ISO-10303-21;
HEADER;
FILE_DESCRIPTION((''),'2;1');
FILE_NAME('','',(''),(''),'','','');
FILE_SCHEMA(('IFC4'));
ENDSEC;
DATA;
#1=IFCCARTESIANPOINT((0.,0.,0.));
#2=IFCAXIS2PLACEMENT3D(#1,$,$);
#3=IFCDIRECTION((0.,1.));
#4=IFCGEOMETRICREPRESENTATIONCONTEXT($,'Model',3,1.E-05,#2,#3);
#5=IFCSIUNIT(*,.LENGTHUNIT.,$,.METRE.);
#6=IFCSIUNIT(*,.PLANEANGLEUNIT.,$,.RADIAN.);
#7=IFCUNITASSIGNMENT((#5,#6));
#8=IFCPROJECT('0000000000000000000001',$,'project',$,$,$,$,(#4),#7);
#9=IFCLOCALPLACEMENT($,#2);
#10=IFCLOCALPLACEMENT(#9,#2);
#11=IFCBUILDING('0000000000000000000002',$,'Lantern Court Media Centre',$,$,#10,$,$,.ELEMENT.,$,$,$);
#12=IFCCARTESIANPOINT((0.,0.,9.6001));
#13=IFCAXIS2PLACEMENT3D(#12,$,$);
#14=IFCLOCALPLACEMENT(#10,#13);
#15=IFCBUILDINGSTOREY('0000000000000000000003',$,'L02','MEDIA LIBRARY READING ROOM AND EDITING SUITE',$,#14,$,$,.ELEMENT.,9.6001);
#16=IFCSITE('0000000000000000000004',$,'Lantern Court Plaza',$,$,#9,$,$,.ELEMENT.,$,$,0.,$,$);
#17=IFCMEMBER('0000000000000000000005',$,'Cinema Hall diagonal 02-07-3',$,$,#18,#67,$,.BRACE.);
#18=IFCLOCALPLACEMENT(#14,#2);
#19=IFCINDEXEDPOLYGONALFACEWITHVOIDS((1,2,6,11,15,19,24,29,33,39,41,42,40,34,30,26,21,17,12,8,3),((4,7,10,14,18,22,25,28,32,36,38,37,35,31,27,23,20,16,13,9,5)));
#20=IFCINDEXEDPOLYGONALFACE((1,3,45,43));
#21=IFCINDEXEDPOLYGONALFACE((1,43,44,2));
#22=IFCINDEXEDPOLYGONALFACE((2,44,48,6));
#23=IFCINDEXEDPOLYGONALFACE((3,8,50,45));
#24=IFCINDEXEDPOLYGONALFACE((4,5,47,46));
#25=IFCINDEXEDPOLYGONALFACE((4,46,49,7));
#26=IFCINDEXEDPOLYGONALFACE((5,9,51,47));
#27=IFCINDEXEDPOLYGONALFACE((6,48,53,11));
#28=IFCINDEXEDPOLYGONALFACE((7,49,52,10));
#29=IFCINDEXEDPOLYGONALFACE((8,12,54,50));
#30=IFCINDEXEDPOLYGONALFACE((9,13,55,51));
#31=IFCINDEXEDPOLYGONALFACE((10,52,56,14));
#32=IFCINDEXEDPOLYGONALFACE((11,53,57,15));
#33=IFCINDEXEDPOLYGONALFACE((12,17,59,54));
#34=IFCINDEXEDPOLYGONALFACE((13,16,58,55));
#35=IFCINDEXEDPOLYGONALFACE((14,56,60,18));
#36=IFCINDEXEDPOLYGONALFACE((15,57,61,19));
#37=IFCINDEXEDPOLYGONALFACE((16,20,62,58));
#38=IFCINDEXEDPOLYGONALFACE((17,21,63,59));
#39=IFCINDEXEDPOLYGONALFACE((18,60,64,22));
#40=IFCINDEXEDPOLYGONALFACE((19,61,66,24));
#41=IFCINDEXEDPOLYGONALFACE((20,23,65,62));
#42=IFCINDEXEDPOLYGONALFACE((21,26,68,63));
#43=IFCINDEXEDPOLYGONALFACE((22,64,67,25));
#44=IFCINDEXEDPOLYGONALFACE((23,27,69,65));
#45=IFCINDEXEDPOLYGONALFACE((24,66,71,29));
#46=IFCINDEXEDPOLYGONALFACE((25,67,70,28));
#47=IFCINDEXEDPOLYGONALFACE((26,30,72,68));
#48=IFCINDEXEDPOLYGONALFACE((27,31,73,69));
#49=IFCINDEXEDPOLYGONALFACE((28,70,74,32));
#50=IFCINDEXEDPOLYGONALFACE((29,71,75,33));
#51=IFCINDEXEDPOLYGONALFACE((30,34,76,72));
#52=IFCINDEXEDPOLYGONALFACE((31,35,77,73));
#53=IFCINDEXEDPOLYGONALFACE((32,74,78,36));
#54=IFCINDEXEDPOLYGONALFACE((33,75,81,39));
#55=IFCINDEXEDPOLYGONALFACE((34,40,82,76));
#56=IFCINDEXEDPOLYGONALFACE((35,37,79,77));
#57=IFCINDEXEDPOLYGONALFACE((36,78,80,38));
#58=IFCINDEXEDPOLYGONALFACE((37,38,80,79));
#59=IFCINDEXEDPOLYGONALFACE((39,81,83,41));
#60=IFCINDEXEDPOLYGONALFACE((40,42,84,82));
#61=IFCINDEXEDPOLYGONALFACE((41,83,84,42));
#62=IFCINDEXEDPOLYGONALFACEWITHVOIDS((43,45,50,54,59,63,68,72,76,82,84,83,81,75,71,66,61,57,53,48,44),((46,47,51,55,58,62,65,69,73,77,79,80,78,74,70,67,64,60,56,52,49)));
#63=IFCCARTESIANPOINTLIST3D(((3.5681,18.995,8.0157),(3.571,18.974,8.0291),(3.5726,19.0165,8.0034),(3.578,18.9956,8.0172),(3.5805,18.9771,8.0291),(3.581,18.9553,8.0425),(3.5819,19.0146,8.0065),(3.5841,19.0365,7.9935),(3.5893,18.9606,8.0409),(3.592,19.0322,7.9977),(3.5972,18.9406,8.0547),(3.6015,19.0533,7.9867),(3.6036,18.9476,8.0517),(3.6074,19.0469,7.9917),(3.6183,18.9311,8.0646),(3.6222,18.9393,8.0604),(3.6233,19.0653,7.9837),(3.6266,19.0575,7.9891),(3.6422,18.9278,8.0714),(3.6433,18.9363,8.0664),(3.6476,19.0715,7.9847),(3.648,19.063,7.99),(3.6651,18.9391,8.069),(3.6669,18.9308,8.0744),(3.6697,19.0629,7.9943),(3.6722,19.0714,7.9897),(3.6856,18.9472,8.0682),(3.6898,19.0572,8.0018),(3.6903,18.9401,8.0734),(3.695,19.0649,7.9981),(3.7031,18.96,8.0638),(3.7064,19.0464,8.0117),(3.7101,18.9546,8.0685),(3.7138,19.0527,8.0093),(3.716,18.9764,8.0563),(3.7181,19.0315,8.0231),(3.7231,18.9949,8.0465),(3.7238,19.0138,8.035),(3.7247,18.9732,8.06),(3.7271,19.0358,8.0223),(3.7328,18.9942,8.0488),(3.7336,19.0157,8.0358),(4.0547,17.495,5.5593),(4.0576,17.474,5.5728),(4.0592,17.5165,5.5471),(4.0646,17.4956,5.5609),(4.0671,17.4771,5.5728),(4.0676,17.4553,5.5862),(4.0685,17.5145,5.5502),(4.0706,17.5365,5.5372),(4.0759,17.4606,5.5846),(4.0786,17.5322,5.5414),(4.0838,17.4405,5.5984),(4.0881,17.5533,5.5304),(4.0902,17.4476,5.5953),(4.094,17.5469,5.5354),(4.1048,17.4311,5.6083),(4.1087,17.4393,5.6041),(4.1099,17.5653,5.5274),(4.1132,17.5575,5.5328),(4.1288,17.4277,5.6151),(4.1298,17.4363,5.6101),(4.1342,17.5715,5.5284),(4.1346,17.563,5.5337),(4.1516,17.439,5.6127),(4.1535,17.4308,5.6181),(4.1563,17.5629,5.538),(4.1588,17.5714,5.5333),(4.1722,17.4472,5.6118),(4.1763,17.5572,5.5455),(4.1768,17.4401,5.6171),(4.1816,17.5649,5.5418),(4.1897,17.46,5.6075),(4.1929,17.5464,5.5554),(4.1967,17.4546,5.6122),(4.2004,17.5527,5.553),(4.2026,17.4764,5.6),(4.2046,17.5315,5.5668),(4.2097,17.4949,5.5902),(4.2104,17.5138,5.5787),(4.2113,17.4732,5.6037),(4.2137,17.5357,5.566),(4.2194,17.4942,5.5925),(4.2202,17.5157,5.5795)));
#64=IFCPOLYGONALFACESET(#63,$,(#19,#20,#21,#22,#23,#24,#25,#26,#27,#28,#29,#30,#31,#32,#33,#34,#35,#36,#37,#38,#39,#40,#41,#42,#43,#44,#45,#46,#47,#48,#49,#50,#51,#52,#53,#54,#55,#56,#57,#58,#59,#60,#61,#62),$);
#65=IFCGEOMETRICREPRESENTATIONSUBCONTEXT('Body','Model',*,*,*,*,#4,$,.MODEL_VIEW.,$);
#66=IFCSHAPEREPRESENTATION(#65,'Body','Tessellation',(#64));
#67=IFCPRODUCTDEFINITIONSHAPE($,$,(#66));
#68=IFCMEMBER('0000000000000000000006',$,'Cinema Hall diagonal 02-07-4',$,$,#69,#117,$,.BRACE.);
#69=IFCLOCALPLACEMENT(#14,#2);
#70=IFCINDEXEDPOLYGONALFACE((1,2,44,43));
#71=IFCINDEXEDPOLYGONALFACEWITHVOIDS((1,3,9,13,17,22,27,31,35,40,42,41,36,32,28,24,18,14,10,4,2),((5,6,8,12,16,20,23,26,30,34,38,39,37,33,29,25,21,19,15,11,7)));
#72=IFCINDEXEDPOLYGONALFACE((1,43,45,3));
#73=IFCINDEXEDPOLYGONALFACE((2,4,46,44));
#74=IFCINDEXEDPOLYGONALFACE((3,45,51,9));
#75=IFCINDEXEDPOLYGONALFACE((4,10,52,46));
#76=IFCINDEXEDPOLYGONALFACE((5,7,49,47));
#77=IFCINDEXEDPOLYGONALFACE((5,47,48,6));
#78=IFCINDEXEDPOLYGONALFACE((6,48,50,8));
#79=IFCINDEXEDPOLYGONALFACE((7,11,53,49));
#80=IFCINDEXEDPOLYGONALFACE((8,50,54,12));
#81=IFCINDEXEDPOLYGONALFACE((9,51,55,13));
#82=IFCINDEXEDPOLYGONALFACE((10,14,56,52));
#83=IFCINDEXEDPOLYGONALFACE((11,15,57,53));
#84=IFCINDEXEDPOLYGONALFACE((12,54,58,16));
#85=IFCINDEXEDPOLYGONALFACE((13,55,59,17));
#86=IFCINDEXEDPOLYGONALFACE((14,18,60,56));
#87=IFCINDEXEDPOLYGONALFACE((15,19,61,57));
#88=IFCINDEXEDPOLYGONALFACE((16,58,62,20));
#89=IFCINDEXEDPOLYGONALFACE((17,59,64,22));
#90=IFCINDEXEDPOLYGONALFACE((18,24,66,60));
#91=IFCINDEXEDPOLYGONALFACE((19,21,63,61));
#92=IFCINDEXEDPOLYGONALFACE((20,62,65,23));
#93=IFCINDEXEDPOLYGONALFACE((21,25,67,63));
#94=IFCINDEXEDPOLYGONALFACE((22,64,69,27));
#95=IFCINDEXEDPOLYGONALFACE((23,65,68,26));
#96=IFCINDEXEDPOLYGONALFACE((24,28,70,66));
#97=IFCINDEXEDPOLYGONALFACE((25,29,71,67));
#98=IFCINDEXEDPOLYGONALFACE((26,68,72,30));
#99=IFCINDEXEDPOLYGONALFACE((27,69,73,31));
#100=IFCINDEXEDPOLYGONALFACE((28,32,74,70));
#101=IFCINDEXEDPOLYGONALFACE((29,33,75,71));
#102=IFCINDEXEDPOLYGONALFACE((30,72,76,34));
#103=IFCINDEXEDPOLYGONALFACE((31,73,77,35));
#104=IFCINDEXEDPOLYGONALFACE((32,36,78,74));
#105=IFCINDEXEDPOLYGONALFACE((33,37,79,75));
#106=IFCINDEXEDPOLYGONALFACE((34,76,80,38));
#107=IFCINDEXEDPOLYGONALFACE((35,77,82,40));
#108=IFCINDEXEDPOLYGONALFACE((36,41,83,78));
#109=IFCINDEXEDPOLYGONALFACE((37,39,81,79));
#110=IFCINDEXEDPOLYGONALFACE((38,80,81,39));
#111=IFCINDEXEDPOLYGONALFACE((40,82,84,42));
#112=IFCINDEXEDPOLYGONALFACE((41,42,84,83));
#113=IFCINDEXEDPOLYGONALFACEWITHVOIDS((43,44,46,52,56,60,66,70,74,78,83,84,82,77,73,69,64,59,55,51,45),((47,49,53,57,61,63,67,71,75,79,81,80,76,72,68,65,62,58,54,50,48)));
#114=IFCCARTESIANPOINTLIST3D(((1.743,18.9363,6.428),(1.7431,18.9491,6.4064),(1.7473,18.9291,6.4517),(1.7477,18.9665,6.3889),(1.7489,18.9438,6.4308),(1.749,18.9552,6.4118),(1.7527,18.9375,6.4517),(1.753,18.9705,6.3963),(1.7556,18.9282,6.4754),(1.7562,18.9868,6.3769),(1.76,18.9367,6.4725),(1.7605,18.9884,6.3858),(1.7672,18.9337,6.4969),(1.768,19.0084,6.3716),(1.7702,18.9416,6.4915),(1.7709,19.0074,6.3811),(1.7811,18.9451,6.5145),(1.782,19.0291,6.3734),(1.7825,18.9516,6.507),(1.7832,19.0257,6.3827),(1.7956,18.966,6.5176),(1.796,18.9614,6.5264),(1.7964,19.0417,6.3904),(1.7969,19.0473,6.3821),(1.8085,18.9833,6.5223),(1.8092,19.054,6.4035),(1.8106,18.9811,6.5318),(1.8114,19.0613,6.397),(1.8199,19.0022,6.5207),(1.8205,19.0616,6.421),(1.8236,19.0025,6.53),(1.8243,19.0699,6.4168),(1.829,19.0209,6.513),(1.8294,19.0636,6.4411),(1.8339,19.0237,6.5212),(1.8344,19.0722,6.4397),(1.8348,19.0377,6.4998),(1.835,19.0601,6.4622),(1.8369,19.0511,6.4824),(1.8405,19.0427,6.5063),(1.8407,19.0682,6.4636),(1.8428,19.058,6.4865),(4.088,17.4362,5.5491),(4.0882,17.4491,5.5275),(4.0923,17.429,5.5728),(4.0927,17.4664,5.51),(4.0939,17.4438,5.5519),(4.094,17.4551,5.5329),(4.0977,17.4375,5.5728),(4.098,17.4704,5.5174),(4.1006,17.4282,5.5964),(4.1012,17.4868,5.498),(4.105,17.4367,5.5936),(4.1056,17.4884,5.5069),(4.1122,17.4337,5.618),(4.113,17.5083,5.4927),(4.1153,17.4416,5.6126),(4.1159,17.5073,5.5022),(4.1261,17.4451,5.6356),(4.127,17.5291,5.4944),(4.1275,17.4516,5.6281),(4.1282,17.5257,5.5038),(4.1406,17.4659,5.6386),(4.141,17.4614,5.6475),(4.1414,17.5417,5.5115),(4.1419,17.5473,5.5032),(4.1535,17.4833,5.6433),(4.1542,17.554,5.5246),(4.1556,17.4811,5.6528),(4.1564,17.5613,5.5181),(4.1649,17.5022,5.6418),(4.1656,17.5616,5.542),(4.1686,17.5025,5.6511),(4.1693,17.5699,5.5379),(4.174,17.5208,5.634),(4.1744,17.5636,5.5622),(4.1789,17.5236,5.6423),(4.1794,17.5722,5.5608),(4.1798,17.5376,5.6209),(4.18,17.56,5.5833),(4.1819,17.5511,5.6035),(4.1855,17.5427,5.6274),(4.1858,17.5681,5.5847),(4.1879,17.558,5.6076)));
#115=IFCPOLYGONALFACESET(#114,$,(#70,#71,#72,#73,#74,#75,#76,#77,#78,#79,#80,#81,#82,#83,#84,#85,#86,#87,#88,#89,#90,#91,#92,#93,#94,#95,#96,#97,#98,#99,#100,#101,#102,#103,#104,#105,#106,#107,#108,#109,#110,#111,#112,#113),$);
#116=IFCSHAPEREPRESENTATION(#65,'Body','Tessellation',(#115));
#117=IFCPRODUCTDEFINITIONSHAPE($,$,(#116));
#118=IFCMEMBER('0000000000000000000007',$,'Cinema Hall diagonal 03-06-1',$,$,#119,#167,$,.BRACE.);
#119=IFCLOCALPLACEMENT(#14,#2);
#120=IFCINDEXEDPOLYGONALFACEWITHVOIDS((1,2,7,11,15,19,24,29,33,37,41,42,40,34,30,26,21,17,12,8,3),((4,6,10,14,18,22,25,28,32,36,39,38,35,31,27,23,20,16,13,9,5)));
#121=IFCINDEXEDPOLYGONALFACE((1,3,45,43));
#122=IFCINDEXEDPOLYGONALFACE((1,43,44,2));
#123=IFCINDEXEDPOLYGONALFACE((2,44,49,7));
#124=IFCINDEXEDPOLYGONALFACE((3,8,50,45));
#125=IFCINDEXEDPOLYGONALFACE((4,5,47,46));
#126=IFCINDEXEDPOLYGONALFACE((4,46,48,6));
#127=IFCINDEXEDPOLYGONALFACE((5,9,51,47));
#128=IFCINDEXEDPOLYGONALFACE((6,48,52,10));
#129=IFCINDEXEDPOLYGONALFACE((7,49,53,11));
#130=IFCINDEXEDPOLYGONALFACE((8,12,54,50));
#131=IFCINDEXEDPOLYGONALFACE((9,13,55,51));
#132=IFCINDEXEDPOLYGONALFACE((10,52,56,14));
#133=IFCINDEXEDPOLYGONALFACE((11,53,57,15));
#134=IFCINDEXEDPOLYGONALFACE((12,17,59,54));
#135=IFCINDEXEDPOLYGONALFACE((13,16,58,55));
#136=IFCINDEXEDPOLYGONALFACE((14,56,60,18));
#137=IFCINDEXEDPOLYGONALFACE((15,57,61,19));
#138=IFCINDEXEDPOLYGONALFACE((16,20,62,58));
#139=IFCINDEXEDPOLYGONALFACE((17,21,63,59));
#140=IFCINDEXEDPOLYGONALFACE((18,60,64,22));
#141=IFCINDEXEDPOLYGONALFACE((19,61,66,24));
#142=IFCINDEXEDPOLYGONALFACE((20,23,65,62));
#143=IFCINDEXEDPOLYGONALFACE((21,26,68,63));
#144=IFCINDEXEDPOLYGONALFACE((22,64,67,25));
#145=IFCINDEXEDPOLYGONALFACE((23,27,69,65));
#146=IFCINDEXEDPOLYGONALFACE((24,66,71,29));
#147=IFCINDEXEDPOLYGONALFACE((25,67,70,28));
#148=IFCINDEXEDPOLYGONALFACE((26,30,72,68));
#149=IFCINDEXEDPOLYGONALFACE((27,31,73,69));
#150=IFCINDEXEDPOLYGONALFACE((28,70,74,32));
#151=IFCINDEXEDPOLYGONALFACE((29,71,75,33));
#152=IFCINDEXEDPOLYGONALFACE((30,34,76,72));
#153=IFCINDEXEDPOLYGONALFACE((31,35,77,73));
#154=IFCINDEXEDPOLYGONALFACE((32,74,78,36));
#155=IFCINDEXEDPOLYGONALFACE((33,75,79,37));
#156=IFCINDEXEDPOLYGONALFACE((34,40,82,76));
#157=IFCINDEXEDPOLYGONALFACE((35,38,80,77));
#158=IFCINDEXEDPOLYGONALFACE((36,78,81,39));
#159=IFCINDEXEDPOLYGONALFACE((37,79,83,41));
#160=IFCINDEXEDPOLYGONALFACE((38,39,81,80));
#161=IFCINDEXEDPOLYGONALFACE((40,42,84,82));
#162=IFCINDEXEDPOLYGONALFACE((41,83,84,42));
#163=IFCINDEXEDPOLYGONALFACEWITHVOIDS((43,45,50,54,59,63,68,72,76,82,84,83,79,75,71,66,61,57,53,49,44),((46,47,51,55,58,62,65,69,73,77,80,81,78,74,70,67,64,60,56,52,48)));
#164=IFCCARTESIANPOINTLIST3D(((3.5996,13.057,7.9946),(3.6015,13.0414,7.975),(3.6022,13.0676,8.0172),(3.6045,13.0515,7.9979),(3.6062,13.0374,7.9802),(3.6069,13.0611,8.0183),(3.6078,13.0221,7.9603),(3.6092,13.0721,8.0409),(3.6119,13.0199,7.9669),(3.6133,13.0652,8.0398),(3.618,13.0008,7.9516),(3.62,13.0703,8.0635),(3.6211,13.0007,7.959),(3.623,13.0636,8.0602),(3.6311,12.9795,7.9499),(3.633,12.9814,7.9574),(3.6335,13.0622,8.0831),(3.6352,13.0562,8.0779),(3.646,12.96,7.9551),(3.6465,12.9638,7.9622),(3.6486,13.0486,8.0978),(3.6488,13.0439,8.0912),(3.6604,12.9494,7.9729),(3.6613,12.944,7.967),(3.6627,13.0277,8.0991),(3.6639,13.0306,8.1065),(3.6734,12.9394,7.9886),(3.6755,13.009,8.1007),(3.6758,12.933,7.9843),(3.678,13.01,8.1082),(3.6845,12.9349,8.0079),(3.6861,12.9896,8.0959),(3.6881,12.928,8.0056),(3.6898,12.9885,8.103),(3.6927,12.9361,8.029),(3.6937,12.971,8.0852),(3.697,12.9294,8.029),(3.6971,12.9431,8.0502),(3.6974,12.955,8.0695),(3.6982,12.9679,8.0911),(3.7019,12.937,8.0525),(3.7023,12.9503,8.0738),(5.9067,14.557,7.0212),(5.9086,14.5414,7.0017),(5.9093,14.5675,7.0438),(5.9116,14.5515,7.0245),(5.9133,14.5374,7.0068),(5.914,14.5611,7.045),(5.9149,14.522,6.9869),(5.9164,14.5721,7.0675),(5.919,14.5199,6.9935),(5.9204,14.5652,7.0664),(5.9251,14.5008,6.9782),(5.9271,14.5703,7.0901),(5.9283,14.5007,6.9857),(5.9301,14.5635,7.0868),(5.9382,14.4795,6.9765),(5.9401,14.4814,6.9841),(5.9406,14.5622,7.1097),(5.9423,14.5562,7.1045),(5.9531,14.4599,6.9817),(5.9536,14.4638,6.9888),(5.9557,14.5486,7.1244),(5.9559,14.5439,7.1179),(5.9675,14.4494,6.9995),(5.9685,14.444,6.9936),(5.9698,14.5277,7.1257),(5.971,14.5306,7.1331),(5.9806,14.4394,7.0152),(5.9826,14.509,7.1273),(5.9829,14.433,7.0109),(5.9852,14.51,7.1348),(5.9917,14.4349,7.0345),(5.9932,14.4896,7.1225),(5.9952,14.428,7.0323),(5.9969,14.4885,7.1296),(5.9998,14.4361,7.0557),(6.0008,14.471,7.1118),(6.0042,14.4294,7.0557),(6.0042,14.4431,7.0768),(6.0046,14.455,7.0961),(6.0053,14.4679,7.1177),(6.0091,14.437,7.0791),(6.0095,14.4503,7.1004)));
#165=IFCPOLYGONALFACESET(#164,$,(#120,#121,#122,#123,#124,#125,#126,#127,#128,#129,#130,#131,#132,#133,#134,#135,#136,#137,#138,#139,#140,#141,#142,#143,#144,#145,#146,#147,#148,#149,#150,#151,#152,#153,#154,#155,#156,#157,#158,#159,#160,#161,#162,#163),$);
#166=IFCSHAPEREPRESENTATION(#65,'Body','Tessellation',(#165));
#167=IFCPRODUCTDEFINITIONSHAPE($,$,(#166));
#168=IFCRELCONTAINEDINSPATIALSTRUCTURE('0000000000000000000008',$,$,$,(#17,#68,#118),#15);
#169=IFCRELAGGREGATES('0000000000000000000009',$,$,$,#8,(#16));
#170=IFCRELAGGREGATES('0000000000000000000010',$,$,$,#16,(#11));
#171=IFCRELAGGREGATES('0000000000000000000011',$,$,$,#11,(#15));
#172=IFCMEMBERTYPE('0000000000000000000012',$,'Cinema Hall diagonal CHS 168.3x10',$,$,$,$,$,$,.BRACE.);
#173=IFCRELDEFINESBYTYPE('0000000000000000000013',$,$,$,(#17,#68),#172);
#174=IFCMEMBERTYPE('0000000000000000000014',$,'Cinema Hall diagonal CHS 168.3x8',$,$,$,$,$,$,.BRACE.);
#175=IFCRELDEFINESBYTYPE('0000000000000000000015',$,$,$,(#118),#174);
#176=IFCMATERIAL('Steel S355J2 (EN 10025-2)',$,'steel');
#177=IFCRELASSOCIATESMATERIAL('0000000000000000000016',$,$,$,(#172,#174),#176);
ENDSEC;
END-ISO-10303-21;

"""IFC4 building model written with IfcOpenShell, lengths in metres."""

from ifc_helpers import new_model, si_unit, direction, frame, origin, origin_2d, place, context, subcontext, project, spatial, hollow_circle, extrude, material, material_profile, profile_set, type_object, element, save


model = new_model("IFC4")

# Units and contexts
model_context = context("Model", 3, precision=1e-05, world=origin(), true_north=direction((0.0, 1.0)))
body_context = subcontext(model_context, "Body", "Model", "MODEL_VIEW")
ifc_project = project(units=[si_unit("LENGTHUNIT", "METRE"), si_unit("PLANEANGLEUNIT", "RADIAN")], contexts=[model_context])

# Site, building, storey
site_placement = place(None, origin())
site = spatial("IfcSite", under=ifc_project, at=site_placement, Name="Lantern Court Plaza", CompositionType="ELEMENT", RefElevation=0.0)
building_placement = place(site_placement, origin())
building = spatial("IfcBuilding", under=site, at=building_placement, Name="Lantern Court Media Centre", CompositionType="ELEMENT")
storey_placement = place(building_placement, frame((0.0, 0.0, 9.6001)))
storey = spatial("IfcBuildingStorey", under=building, at=storey_placement, Name="L02", Description="MEDIA LIBRARY READING ROOM AND EDITING SUITE", CompositionType="ELEMENT", Elevation=9.6001)

# Members
ifc_material = material(Name="Steel S355J2 (EN 10025-2)", Category="steel")
ifc_material_profile_1 = material_profile(ifc_material, hollow_circle(Radius=0.0842, WallThickness=0.01, at=origin_2d()), Name="Cinema Hall diagonal CHS 168.3x10")
ifc_profile_set_1 = profile_set([ifc_material_profile_1], Name="Steel S355J2 (EN 10025-2)")
member_type_1 = type_object("IfcMemberType", Name="Cinema Hall diagonal CHS 168.3x10", PredefinedType="BRACE", material=ifc_profile_set_1)
for number, where, z_axis, x_axis, name in (
    (1, (4.1377, 17.5, 5.5728), (-0.166695, 0.513887, 0.841506), (-0.951207, -0.308554, 0.0), "Cinema Hall diagonal 02-07-3"),
):
    element("IfcMember", number, at=place(storey_placement, frame(where, z_axis=z_axis, x_axis=x_axis)), inside=storey, type_object=member_type_1, Name=name, PredefinedType="BRACE", context=body_context, shape_type="SweptSolid", body=[
        extrude(hollow_circle(Radius=0.0842, WallThickness=0.01, at=origin_2d()), origin(), (0.0, 0.0, 1.0), 2.9189),
    ])
member_1_placement = place(storey_placement, frame((4.1377, 17.5, 5.5728), z_axis=(-0.803309, 0.51385, 0.301084), x_axis=(-0.538855, -0.842399, 0.0)))
element("IfcMember", 2, at=member_1_placement, inside=storey, type_object=member_type_1, Name="Cinema Hall diagonal 02-07-4", PredefinedType="BRACE", context=body_context, shape_type="SweptSolid", body=[
    extrude(hollow_circle(Radius=0.0842, WallThickness=0.01, at=origin_2d()), origin(), (0.0, 0.0, 1.0), 2.9192),
])
ifc_material_profile_2 = material_profile(ifc_material, hollow_circle(Radius=0.0842, WallThickness=0.0081, at=origin_2d()), Name="Cinema Hall diagonal CHS 168.3x8")
ifc_profile_set_2 = profile_set([ifc_material_profile_2], Name="Steel S355J2 (EN 10025-2)")
member_type_2 = type_object("IfcMemberType", Name="Cinema Hall diagonal CHS 168.3x8", PredefinedType="BRACE", material=ifc_profile_set_2)
member_2_placement = place(storey_placement, frame((5.9583, 14.5, 7.0557), z_axis=(-0.790394, -0.513882, 0.333471), x_axis=(0.545082, -0.838383, 0.0)))
element("IfcMember", 3, at=member_2_placement, inside=storey, type_object=member_type_2, Name="Cinema Hall diagonal 03-06-1", PredefinedType="BRACE", context=body_context, shape_type="SweptSolid", body=[
    extrude(hollow_circle(Radius=0.0842, WallThickness=0.0081, at=origin_2d()), origin(), (0.0, 0.0, 1.0), 2.9189),
])

save(model, "model.ifc")
